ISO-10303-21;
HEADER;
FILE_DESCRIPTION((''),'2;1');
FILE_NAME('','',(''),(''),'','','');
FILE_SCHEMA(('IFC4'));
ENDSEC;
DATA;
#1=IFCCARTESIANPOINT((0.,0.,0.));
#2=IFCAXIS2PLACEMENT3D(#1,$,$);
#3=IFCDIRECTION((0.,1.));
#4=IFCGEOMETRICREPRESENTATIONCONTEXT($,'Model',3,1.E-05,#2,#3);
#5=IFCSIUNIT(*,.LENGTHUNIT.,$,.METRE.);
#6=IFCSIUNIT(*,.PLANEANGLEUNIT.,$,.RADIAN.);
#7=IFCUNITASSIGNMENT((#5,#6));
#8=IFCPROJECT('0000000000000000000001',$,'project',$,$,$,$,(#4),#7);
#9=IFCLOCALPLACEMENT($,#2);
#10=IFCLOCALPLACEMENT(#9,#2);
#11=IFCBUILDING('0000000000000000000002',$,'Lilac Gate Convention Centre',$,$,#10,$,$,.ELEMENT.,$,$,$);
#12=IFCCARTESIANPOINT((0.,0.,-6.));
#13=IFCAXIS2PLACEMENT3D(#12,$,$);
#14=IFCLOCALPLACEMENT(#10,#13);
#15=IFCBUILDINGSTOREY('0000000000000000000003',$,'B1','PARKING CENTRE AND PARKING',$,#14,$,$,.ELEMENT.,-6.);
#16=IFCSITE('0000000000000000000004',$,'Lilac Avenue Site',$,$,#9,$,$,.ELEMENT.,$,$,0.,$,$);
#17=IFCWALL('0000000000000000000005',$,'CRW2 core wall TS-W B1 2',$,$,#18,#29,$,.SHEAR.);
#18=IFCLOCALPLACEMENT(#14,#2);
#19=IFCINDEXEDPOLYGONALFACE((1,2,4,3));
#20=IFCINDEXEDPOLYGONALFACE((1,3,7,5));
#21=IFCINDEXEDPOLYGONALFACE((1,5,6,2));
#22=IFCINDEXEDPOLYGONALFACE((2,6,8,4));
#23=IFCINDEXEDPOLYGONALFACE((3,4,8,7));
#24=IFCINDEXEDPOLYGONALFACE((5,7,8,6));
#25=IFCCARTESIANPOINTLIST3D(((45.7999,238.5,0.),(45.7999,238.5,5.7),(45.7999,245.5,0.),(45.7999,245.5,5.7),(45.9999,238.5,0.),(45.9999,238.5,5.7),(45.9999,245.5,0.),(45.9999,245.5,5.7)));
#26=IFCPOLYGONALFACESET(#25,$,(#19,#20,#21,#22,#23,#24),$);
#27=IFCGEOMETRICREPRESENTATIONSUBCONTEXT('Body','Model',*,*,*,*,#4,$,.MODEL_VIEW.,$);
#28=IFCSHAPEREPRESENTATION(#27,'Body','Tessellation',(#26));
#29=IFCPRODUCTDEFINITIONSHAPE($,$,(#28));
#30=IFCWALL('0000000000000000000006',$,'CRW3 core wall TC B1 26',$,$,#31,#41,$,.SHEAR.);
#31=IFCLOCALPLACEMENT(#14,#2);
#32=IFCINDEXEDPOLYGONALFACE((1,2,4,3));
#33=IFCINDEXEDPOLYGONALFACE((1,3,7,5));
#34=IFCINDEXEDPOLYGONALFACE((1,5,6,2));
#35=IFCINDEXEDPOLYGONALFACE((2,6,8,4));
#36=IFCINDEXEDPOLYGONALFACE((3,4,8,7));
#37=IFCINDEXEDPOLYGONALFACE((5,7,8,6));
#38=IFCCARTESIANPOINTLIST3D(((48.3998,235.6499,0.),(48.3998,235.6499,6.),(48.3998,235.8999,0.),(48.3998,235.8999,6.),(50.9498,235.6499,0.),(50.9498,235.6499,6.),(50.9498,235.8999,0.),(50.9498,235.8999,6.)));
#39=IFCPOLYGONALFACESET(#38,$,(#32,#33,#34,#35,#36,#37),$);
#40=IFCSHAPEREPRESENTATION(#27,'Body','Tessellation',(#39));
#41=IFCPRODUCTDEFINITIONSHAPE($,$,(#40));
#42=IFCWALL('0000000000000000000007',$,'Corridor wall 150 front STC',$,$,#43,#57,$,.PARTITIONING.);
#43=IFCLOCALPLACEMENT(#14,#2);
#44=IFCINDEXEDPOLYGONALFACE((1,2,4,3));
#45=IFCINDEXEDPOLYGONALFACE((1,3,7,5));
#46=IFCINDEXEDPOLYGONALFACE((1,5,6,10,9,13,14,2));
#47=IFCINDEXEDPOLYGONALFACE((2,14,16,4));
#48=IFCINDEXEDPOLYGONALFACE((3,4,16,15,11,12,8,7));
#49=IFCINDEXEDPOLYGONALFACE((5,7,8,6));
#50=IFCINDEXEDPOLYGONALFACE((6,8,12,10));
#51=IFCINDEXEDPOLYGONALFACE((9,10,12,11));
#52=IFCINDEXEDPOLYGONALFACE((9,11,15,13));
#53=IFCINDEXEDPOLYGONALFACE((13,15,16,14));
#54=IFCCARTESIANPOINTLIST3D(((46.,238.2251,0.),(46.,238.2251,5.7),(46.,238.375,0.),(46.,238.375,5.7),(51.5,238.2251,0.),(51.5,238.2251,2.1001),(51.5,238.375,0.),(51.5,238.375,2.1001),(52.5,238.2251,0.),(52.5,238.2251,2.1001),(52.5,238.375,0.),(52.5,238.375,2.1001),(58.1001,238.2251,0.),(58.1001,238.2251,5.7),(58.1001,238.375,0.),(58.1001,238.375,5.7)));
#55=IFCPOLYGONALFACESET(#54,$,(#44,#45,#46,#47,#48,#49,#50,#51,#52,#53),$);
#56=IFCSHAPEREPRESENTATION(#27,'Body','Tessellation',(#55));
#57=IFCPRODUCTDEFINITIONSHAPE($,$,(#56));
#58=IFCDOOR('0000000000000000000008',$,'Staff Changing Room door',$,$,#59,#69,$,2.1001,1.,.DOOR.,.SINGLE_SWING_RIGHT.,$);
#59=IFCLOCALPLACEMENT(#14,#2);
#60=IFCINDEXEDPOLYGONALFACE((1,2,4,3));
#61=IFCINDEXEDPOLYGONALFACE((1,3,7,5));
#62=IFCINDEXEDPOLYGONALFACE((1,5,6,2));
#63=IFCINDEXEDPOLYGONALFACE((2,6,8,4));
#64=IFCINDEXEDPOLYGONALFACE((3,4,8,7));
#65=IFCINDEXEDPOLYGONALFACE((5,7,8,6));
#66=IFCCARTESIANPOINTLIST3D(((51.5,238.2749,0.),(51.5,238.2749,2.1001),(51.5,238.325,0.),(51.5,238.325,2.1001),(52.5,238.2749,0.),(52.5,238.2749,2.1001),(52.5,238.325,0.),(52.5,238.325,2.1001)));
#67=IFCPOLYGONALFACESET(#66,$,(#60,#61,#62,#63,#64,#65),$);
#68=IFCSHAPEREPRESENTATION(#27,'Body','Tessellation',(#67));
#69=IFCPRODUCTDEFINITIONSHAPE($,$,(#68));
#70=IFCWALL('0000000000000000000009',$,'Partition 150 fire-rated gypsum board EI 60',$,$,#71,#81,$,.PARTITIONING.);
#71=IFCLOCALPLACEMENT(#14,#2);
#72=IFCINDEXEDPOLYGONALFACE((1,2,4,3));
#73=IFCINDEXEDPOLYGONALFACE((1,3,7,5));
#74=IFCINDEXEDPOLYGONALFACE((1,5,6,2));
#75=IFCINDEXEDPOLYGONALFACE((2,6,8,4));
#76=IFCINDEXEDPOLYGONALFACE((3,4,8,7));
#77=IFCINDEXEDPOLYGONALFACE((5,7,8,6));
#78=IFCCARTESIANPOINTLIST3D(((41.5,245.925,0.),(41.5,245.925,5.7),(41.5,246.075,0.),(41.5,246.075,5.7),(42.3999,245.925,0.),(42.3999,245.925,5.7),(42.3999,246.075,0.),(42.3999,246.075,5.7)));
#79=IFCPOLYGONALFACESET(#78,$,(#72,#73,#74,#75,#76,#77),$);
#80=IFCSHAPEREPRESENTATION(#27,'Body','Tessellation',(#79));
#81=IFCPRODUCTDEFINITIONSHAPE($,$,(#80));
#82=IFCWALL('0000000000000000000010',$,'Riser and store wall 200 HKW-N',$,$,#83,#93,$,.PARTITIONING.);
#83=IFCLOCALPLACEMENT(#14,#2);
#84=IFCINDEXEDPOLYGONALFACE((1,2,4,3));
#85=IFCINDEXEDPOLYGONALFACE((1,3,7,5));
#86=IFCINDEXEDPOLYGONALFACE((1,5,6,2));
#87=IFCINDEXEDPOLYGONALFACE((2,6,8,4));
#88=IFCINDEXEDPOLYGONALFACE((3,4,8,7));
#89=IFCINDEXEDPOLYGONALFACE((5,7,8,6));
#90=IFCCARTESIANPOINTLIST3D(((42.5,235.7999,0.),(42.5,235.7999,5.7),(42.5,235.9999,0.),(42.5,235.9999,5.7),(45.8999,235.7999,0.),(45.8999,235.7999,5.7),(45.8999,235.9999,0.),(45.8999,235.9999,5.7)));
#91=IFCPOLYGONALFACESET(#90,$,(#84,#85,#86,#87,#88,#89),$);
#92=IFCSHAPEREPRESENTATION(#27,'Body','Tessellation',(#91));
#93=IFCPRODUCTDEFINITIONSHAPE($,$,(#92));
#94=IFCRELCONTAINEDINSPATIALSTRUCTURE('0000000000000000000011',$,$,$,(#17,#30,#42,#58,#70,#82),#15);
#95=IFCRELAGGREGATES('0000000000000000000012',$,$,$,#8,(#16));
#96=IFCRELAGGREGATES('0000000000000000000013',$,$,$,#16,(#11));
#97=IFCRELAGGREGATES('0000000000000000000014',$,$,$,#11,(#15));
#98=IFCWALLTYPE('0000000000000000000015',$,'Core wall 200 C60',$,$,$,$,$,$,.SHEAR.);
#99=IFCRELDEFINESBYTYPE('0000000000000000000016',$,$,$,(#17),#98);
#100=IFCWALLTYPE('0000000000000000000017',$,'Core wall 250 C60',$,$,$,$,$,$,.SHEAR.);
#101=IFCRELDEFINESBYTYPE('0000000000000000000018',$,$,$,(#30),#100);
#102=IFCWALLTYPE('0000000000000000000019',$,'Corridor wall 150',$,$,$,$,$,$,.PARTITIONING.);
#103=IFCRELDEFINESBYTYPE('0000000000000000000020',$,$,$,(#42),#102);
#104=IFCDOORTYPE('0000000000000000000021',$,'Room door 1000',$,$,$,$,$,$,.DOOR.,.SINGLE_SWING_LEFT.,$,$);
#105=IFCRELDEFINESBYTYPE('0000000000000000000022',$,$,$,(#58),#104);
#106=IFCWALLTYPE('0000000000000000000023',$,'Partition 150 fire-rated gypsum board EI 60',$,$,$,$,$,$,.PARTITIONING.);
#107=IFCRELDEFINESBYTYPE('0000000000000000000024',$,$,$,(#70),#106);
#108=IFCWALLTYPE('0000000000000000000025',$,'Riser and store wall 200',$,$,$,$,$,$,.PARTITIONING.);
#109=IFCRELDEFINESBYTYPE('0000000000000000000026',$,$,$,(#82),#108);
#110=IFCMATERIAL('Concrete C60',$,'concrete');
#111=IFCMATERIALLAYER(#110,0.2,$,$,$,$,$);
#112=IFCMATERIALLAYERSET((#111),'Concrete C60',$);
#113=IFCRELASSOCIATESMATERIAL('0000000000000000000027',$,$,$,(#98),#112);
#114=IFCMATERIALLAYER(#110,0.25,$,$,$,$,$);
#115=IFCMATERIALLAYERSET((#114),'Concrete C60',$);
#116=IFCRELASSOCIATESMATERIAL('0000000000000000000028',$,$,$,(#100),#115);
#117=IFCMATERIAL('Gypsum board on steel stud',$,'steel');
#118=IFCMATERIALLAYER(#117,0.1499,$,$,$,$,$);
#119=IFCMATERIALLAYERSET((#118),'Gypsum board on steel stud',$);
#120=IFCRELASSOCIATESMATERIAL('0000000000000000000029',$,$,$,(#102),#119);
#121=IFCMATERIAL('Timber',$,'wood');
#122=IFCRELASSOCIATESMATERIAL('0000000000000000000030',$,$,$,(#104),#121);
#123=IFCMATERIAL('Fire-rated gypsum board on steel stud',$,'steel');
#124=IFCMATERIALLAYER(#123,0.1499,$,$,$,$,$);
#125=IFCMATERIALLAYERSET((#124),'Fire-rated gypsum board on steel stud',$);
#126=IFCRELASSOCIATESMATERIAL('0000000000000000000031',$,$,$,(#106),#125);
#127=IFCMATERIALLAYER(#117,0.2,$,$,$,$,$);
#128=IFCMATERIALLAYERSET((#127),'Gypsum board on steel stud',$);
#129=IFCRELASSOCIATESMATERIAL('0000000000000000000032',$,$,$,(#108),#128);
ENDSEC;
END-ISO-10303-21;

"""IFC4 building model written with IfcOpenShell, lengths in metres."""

from ifc_helpers import new_model, si_unit, direction, frame, frame_2d, origin, place, context, subcontext, project, spatial, rectangle, extrude, material, layer, layer_set, type_object, element, fill, save


model = new_model("IFC4")

# Units and contexts
model_context = context("Model", 3, precision=1e-05, world=origin(), true_north=direction((0.0, 1.0)))
body_context = subcontext(model_context, "Body", "Model", "MODEL_VIEW")
ifc_project = project(units=[si_unit("LENGTHUNIT", "METRE"), si_unit("PLANEANGLEUNIT", "RADIAN")], contexts=[model_context])

# Site, building, storey
site_placement = place(None, origin())
site = spatial("IfcSite", under=ifc_project, at=site_placement, Name="Lilac Avenue Site", CompositionType="ELEMENT", RefElevation=0.0)
building_placement = place(site_placement, origin())
building = spatial("IfcBuilding", under=site, at=building_placement, Name="Lilac Gate Convention Centre", CompositionType="ELEMENT")
storey_placement = place(building_placement, frame((0.0, 0.0, -6.0)))
storey = spatial("IfcBuildingStorey", under=building, at=storey_placement, Name="B1", Description="PARKING CENTRE AND PARKING", CompositionType="ELEMENT", Elevation=-6.0)

# Shared definitions
ifc_material_1 = material(Name="Concrete C60", Category="concrete")

# Shared definitions
ifc_layer_1 = layer(ifc_material_1, 0.2)
ifc_layer_set_1 = layer_set([ifc_layer_1], Name="Concrete C60")
wall_type_1 = type_object("IfcWallType", Name="Core wall 200 C60", PredefinedType="SHEAR", material=ifc_layer_set_1)

# Walls
wall_1_placement = place(storey_placement, frame((45.8999, 238.5, 0.0), z_axis=(0.0, 0.0, 1.0), x_axis=(0.0, 1.0, 0.0)))
element("IfcWall", 1, at=wall_1_placement, inside=storey, type_object=wall_type_1, Name="CRW2 core wall TS-W B1 2", PredefinedType="SHEAR", context=body_context, shape_type="SweptSolid", body=[
    extrude(rectangle(XDim=7.0, YDim=0.2, at=frame_2d((3.5, 0.0))), origin(), (0.0, 0.0, 1.0), 5.7),
])
ifc_layer_2 = layer(ifc_material_1, 0.25)
ifc_layer_set_2 = layer_set([ifc_layer_2], Name="Concrete C60")
wall_type_2 = type_object("IfcWallType", Name="Core wall 250 C60", PredefinedType="SHEAR", material=ifc_layer_set_2)
wall_2_placement = place(storey_placement, frame((48.3999, 235.7749, 0.0), z_axis=(0.0, 0.0, 1.0), x_axis=(1.0, 0.0, 0.0)))
element("IfcWall", 2, at=wall_2_placement, inside=storey, type_object=wall_type_2, Name="CRW3 core wall TC B1 26", PredefinedType="SHEAR", context=body_context, shape_type="SweptSolid", body=[
    extrude(rectangle(XDim=2.55, YDim=0.25, at=frame_2d((1.2749, 0.0))), origin(), (0.0, 0.0, 1.0), 6.0),
])

# Wall, opening, door
ifc_material_2 = material(Name="Gypsum board on steel stud", Category="steel")
ifc_layer_3 = layer(ifc_material_2, 0.1499)
ifc_layer_set_3 = layer_set([ifc_layer_3], Name="Gypsum board on steel stud")
wall_type_3 = type_object("IfcWallType", Name="Corridor wall 150", PredefinedType="PARTITIONING", material=ifc_layer_set_3)
wall_3_placement = place(storey_placement, frame((46.0, 238.3, 0.0), z_axis=(0.0, 0.0, 1.0), x_axis=(1.0, 0.0, 0.0)))
wall_3 = element("IfcWall", 3, at=wall_3_placement, inside=storey, type_object=wall_type_3, Name="Corridor wall 150 front STC", PredefinedType="PARTITIONING", context=body_context, shape_type="SweptSolid", body=[
    extrude(rectangle(XDim=12.1001, YDim=0.1499, at=frame_2d((6.05, 0.0))), origin(), (0.0, 0.0, 1.0), 5.7),
])
opening_1_placement = place(wall_3_placement, frame((5.5, 0.0, 0.0)))
opening_1 = element("IfcOpeningElement", 4, at=opening_1_placement, cuts=wall_3, PredefinedType="OPENING", context=body_context, shape_type="SweptSolid", body=[
    extrude(rectangle(XDim=1.0, YDim=2.1001, at=frame_2d((0.5, 1.05))), frame((0.0, 0.085, 0.0), z_axis=(0.0, -1.0, 0.0), x_axis=(1.0, 0.0, 0.0)), (0.0, 0.0, 1.0), 0.1699),
])
ifc_material_3 = material(Name="Timber", Category="wood")
door_type_1 = type_object("IfcDoorType", Name="Room door 1000", OperationType="SINGLE_SWING_LEFT", PredefinedType="DOOR", material=ifc_material_3)
door_1_placement = place(opening_1_placement, origin())
door_1 = element("IfcDoor", 5, at=door_1_placement, inside=storey, type_object=door_type_1, Name="Staff Changing Room door", OperationType="SINGLE_SWING_RIGHT", OverallHeight=2.1001, OverallWidth=1.0, PredefinedType="DOOR", context=body_context, shape_type="SweptSolid", body=[
    extrude(rectangle(XDim=1.0, YDim=2.1001, at=frame_2d((0.5, 1.05))), frame((0.0, 0.0249, 0.0), z_axis=(0.0, -1.0, 0.0), x_axis=(1.0, 0.0, 0.0)), (0.0, 0.0, 1.0), 0.05),
])
fill(opening_1, door_1)

# Walls
ifc_material_4 = material(Name="Fire-rated gypsum board on steel stud", Category="steel")
ifc_layer_4 = layer(ifc_material_4, 0.1499)
ifc_layer_set_4 = layer_set([ifc_layer_4], Name="Fire-rated gypsum board on steel stud")
wall_type_4 = type_object("IfcWallType", Name="Partition 150 fire-rated gypsum board EI 60", PredefinedType="PARTITIONING", material=ifc_layer_set_4)
wall_4_placement = place(storey_placement, frame((41.5, 246.0, 0.0), z_axis=(0.0, 0.0, 1.0), x_axis=(1.0, 0.0, 0.0)))
element("IfcWall", 6, at=wall_4_placement, inside=storey, type_object=wall_type_4, Name="Partition 150 fire-rated gypsum board EI 60", PredefinedType="PARTITIONING", context=body_context, shape_type="SweptSolid", body=[
    extrude(rectangle(XDim=0.8999, YDim=0.1499, at=frame_2d((0.45, 0.0))), origin(), (0.0, 0.0, 1.0), 5.7),
])
ifc_layer_5 = layer(ifc_material_2, 0.2)
ifc_layer_set_5 = layer_set([ifc_layer_5], Name="Gypsum board on steel stud")
wall_type_5 = type_object("IfcWallType", Name="Riser and store wall 200", PredefinedType="PARTITIONING", material=ifc_layer_set_5)
wall_5_placement = place(storey_placement, frame((42.5, 235.8999, 0.0), z_axis=(0.0, 0.0, 1.0), x_axis=(1.0, 0.0, 0.0)))
element("IfcWall", 7, at=wall_5_placement, inside=storey, type_object=wall_type_5, Name="Riser and store wall 200 HKW-N", PredefinedType="PARTITIONING", context=body_context, shape_type="SweptSolid", body=[
    extrude(rectangle(XDim=3.3999, YDim=0.2, at=frame_2d((1.7, 0.0))), origin(), (0.0, 0.0, 1.0), 5.7),
])

save(model, "model.ifc")
